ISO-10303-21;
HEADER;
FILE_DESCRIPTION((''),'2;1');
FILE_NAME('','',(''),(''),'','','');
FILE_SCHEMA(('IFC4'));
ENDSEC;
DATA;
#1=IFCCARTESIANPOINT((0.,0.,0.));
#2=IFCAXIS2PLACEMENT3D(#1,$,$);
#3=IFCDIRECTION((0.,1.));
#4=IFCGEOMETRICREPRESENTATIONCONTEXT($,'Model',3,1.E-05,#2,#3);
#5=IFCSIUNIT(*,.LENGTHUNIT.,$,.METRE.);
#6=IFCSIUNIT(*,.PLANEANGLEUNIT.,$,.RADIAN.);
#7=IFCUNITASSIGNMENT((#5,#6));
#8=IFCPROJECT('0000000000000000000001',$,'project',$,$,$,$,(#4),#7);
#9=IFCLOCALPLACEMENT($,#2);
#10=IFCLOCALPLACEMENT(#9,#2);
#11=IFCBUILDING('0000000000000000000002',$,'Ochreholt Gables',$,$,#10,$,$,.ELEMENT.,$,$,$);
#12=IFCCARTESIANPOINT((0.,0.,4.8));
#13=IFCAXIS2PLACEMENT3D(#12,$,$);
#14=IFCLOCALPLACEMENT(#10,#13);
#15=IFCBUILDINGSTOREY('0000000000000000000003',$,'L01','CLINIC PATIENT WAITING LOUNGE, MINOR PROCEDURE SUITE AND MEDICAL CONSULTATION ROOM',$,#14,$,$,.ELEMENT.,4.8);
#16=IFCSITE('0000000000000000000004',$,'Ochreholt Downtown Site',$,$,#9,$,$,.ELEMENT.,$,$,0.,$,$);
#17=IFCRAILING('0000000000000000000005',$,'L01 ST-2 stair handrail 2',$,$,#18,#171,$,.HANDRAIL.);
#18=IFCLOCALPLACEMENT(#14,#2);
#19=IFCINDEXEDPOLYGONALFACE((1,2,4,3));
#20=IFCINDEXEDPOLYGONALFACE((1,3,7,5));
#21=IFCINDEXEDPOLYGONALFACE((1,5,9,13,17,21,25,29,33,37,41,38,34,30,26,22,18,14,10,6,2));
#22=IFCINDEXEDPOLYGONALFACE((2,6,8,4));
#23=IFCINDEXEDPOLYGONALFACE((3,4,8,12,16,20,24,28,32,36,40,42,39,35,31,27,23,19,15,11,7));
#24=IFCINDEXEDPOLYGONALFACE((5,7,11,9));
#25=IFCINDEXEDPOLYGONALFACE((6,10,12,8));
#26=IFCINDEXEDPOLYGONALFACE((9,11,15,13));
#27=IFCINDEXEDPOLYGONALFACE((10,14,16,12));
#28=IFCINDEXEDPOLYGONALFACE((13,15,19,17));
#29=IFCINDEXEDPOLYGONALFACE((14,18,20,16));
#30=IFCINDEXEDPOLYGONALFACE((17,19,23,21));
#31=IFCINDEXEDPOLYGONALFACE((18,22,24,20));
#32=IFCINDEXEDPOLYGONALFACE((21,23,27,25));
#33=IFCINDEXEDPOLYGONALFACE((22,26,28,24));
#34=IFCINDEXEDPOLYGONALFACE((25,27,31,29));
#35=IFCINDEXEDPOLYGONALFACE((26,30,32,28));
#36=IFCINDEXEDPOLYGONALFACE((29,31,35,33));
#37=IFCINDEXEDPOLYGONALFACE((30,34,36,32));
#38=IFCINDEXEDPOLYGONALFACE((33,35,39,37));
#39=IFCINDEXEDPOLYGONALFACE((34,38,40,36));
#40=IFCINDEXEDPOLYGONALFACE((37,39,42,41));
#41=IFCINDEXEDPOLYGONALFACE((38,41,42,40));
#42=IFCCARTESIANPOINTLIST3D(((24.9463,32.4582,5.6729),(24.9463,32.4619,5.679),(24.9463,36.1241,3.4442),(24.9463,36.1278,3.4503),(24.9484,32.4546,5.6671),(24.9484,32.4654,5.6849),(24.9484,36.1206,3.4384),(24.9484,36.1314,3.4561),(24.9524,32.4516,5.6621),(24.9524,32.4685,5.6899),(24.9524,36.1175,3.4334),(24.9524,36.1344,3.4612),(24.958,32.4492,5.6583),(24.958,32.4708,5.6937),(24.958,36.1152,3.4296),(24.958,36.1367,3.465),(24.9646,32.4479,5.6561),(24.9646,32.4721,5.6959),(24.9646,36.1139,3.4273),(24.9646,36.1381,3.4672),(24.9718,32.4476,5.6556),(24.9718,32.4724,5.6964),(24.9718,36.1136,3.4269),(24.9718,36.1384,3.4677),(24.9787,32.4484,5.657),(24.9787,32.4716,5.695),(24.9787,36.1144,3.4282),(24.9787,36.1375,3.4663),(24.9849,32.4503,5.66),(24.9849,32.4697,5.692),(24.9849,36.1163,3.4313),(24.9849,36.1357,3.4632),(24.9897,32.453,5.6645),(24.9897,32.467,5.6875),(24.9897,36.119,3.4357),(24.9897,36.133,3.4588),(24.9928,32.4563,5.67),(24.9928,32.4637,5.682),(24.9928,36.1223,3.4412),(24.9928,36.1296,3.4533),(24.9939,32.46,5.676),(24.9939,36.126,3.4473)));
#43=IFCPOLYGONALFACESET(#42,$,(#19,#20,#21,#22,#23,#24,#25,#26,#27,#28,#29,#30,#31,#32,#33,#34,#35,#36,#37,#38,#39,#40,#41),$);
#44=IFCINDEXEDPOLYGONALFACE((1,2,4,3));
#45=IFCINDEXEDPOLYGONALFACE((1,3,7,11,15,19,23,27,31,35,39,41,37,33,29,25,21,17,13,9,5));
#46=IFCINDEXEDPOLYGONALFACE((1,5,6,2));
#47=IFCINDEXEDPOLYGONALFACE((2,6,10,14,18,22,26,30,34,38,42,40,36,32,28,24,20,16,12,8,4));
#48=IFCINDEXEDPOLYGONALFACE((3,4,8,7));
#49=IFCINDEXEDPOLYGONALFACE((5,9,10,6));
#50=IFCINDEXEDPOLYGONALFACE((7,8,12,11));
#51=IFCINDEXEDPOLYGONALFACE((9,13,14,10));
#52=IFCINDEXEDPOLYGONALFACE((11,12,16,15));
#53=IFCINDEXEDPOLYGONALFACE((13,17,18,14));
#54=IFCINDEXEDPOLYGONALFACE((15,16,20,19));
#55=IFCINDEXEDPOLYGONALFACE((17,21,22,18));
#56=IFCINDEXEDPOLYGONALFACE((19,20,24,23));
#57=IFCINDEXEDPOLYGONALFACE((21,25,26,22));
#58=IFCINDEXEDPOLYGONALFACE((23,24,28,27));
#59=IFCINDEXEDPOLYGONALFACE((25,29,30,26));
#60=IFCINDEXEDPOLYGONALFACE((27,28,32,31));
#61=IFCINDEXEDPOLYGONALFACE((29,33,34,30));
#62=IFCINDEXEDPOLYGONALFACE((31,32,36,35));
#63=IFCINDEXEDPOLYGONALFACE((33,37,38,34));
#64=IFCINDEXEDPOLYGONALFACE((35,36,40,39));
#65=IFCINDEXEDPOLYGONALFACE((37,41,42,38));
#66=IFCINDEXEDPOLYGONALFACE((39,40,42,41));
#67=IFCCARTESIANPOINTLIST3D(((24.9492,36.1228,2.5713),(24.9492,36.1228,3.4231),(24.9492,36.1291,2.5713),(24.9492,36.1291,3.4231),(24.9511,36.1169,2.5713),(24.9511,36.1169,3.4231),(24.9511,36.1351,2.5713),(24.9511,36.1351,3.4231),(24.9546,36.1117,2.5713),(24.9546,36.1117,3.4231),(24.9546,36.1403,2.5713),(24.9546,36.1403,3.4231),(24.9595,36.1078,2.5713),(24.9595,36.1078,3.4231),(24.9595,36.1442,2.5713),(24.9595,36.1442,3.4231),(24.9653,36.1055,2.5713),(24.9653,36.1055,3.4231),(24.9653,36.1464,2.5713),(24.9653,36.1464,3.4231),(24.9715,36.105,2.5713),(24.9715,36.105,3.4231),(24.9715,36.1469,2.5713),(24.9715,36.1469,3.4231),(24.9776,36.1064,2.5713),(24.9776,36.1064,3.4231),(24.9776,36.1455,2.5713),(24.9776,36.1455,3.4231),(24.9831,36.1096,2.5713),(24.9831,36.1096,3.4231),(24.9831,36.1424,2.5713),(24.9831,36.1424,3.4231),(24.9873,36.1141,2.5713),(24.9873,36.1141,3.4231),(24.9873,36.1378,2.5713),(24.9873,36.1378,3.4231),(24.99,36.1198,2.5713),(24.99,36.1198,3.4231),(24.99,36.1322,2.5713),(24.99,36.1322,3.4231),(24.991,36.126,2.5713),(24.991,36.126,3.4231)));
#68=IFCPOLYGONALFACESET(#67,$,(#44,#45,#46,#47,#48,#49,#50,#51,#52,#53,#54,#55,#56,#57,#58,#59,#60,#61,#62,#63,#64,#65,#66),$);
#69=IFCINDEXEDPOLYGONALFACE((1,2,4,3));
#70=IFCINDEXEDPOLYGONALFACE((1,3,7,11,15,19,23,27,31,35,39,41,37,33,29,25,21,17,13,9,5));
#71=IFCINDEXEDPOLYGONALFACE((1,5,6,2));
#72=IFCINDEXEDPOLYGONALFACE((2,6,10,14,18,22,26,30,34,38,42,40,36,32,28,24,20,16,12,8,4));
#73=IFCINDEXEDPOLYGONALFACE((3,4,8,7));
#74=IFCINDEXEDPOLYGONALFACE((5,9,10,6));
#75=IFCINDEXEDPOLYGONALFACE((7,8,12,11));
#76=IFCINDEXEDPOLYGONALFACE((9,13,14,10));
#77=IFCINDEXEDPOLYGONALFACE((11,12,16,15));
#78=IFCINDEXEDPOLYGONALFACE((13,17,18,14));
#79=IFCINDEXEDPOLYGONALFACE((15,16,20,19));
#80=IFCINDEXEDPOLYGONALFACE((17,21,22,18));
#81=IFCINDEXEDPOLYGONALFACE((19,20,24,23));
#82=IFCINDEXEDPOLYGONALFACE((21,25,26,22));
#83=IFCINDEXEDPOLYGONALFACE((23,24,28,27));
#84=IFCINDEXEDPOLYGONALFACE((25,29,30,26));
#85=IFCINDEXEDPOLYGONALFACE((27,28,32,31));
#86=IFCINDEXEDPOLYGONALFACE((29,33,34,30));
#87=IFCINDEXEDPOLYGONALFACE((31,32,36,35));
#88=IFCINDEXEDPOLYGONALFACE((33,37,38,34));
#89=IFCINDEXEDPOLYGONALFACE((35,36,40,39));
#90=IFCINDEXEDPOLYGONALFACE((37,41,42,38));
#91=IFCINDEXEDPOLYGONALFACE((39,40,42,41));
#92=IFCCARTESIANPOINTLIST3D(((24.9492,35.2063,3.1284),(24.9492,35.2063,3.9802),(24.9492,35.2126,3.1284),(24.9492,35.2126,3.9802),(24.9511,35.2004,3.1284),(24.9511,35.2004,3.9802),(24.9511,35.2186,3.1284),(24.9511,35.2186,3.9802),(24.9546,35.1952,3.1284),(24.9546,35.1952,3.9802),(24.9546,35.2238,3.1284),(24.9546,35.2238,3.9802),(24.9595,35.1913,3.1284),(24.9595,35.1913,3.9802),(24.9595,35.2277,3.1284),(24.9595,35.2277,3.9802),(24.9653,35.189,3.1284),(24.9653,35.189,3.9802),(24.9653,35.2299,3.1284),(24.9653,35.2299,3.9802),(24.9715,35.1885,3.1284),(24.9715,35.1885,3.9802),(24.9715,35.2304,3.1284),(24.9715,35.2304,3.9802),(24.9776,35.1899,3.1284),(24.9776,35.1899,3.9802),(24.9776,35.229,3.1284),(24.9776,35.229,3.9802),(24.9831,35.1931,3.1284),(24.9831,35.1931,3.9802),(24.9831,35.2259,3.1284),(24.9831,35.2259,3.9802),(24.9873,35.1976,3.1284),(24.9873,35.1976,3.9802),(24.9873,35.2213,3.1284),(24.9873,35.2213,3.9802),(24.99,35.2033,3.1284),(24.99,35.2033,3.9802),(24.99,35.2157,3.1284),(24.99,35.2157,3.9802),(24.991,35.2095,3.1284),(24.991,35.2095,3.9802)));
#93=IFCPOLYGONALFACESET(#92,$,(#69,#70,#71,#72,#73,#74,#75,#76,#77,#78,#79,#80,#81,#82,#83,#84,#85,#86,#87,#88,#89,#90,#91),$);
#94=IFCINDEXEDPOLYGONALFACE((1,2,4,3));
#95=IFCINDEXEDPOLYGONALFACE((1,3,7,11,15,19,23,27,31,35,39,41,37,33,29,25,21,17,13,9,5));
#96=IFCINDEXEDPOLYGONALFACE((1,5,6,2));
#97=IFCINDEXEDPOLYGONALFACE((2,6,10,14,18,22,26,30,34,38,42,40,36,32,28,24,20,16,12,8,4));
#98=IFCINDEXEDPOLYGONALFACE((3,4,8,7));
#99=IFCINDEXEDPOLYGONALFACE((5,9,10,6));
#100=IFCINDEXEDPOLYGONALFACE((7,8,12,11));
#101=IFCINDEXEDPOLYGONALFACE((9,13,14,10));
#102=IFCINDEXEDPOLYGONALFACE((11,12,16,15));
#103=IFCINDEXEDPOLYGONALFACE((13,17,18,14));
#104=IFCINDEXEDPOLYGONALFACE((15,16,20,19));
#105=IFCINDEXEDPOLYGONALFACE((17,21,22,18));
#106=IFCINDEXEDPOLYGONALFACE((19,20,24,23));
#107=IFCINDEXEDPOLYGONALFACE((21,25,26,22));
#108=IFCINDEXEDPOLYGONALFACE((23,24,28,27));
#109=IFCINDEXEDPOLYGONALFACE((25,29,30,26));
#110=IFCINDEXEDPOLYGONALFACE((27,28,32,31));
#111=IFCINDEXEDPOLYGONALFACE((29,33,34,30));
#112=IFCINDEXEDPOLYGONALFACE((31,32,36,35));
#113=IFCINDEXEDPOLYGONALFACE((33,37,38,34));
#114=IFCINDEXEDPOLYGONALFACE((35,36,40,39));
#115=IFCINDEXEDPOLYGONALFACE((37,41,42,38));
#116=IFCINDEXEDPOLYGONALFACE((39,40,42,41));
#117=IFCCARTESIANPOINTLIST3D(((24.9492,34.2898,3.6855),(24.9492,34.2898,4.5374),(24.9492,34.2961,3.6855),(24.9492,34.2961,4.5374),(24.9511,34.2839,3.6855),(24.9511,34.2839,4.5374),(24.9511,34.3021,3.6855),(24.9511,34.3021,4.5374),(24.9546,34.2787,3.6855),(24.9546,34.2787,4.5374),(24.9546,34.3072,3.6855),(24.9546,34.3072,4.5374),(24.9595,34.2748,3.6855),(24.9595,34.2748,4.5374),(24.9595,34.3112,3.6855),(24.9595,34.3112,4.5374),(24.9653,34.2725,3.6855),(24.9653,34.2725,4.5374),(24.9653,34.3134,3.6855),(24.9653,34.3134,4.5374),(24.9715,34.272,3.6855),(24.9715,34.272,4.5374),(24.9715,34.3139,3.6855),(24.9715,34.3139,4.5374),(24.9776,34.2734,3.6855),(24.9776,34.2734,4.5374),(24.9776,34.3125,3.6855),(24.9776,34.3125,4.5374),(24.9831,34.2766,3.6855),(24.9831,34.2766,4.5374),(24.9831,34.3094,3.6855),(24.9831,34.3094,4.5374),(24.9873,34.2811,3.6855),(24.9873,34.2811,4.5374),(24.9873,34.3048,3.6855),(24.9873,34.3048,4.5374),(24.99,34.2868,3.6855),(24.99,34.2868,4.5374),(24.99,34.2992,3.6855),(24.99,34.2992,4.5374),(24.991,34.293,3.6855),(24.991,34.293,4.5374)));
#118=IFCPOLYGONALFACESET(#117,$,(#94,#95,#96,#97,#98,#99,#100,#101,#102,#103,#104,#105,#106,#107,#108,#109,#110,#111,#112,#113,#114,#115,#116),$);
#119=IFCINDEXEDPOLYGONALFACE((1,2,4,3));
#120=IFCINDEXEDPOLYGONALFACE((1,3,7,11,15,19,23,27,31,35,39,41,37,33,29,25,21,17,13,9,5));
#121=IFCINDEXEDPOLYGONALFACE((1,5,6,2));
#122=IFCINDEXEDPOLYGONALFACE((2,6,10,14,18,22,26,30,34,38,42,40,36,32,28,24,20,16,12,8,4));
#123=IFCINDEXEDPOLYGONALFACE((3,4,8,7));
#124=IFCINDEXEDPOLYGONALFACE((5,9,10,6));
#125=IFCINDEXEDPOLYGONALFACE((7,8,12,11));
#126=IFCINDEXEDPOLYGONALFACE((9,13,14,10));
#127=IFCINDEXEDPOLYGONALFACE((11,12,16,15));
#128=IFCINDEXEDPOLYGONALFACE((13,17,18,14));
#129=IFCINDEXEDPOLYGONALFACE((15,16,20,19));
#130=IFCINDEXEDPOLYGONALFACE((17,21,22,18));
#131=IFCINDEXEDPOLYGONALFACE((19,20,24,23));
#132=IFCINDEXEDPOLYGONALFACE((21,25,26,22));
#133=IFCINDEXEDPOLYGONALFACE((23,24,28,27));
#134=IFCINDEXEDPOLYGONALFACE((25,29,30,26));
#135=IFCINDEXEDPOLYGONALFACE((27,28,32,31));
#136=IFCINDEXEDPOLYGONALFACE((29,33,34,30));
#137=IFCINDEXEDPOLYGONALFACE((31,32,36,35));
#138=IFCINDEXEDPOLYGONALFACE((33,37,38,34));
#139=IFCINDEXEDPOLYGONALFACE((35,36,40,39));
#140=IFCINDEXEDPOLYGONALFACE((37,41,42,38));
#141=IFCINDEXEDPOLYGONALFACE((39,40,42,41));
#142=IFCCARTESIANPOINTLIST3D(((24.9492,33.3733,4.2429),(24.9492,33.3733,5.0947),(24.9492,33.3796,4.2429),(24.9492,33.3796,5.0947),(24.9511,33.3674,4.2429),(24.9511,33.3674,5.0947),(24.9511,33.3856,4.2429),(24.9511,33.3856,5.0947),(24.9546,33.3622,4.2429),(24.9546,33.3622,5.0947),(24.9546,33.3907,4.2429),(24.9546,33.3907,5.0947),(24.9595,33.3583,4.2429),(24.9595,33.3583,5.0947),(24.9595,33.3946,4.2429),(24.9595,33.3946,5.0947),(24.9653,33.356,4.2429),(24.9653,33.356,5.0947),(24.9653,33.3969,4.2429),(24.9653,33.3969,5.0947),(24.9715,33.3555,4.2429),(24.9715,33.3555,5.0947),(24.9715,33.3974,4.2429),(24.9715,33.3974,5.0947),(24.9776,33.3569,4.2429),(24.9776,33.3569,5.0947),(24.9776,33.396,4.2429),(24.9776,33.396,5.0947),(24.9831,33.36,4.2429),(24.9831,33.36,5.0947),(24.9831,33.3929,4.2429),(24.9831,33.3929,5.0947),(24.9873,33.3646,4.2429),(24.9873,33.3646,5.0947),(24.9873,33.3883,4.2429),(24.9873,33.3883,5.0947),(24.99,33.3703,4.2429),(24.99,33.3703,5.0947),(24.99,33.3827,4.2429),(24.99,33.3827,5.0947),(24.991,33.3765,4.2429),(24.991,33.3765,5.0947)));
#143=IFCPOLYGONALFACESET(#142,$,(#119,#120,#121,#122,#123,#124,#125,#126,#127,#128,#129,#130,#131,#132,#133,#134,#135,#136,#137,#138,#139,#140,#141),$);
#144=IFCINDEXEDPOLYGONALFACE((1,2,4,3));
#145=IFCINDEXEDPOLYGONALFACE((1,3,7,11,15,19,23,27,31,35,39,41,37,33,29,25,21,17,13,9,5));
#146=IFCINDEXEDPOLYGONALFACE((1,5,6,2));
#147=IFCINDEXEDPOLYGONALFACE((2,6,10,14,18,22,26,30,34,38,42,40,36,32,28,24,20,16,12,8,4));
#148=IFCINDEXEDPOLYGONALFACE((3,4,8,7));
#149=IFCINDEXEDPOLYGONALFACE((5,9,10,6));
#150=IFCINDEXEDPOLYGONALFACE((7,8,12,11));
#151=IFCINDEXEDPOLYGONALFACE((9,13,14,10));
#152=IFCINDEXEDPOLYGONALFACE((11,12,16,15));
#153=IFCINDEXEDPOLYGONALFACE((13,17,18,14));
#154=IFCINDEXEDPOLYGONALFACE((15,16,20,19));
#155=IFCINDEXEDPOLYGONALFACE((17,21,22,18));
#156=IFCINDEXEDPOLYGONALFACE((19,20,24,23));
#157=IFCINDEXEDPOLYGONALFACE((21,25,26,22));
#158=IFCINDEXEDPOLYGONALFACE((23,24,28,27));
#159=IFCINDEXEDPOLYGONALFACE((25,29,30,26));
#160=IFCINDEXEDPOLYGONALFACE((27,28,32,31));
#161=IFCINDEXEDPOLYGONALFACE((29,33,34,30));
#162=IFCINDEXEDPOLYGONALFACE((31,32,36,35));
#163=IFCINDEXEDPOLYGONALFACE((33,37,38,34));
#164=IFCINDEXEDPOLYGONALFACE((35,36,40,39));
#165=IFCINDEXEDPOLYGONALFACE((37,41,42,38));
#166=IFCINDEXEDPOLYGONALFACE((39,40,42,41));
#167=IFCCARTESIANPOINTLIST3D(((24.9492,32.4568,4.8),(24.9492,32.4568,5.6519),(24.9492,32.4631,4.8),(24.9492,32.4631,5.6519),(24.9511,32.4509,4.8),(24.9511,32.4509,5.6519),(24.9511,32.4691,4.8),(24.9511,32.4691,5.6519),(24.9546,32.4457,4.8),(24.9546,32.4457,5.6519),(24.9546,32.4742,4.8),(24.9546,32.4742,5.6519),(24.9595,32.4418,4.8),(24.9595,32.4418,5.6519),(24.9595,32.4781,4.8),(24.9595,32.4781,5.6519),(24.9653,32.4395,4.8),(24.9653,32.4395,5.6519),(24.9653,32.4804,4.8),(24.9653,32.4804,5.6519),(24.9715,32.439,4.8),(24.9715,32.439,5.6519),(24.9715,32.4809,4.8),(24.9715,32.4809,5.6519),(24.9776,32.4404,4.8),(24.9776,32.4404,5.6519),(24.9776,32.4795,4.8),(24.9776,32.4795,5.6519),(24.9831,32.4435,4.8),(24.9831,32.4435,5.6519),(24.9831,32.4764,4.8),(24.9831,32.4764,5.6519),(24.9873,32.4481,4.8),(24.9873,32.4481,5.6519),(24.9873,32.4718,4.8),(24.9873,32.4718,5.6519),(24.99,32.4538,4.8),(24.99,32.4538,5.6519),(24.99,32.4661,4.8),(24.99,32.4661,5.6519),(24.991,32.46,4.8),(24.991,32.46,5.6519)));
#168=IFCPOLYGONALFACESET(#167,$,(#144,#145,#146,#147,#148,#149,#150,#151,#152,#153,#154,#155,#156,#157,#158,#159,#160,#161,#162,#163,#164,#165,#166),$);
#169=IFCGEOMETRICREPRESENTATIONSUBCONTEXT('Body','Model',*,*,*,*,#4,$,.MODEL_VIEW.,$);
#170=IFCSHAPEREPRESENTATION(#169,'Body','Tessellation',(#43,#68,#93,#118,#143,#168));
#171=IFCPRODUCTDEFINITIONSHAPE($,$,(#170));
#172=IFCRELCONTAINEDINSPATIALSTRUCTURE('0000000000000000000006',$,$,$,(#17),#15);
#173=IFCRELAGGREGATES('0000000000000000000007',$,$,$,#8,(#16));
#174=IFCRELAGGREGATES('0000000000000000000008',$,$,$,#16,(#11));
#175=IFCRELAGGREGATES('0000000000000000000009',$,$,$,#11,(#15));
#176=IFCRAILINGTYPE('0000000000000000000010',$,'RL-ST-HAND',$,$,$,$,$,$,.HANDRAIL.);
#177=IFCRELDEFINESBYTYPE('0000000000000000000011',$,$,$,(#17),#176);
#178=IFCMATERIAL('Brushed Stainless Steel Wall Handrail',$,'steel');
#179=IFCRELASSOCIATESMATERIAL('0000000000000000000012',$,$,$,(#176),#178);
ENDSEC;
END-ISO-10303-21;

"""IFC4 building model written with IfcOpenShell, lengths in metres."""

from ifc_helpers import new_model, si_unit, direction, frame, origin, origin_2d, place, context, subcontext, project, spatial, circle, extrude, material, type_object, element, save


model = new_model("IFC4")

# Units and contexts
model_context = context("Model", 3, precision=1e-05, world=origin(), true_north=direction((0.0, 1.0)))
body_context = subcontext(model_context, "Body", "Model", "MODEL_VIEW")
ifc_project = project(units=[si_unit("LENGTHUNIT", "METRE"), si_unit("PLANEANGLEUNIT", "RADIAN")], contexts=[model_context])

# Site, building, storey
site_placement = place(None, origin())
site = spatial("IfcSite", under=ifc_project, at=site_placement, Name="Ochreholt Downtown Site", CompositionType="ELEMENT", RefElevation=0.0)
building_placement = place(site_placement, origin())
building = spatial("IfcBuilding", under=site, at=building_placement, Name="Ochreholt Gables", CompositionType="ELEMENT")
storey_placement = place(building_placement, frame((0.0, 0.0, 4.8)))
storey = spatial("IfcBuildingStorey", under=building, at=storey_placement, Name="L01", Description="CLINIC PATIENT WAITING LOUNGE, MINOR PROCEDURE SUITE AND MEDICAL CONSULTATION ROOM", CompositionType="ELEMENT", Elevation=4.8)

# Railing
ifc_material_1 = material(Name="Brushed Stainless Steel Wall Handrail", Category="steel")
railing_type_1 = type_object("IfcRailingType", Name="RL-ST-HAND", PredefinedType="HANDRAIL", material=ifc_material_1)
railing_1_placement = place(storey_placement, frame((24.97, 36.126, 2.5713)))
element("IfcRailing", 1, at=railing_1_placement, inside=storey, type_object=railing_type_1, Name="L01 ST-2 stair handrail 2", PredefinedType="HANDRAIL", context=body_context, shape_type="SweptSolid", body=[
    extrude(circle(Radius=0.0239, at=origin_2d()), frame((0.0, 0.0, 0.876), z_axis=(0.0, -0.854481, 0.519483), x_axis=(1.0, 0.0, 0.0)), (0.0, 0.0, 1.0), 4.2903),
    extrude(circle(Radius=0.021, at=origin_2d()), origin(), (0.0, 0.0, 1.0), 0.8518),
    extrude(circle(Radius=0.021, at=origin_2d()), frame((0.0, -0.9165, 0.5571)), (0.0, 0.0, 1.0), 0.8518),
    extrude(circle(Radius=0.021, at=origin_2d()), frame((0.0, -1.833, 1.1143)), (0.0, 0.0, 1.0), 0.8518),
    extrude(circle(Radius=0.021, at=origin_2d()), frame((0.0, -2.7495, 1.6716)), (0.0, 0.0, 1.0), 0.8518),
    extrude(circle(Radius=0.021, at=origin_2d()), frame((0.0, -3.666, 2.2288)), (0.0, 0.0, 1.0), 0.8518),
])

save(model, "model.ifc")
